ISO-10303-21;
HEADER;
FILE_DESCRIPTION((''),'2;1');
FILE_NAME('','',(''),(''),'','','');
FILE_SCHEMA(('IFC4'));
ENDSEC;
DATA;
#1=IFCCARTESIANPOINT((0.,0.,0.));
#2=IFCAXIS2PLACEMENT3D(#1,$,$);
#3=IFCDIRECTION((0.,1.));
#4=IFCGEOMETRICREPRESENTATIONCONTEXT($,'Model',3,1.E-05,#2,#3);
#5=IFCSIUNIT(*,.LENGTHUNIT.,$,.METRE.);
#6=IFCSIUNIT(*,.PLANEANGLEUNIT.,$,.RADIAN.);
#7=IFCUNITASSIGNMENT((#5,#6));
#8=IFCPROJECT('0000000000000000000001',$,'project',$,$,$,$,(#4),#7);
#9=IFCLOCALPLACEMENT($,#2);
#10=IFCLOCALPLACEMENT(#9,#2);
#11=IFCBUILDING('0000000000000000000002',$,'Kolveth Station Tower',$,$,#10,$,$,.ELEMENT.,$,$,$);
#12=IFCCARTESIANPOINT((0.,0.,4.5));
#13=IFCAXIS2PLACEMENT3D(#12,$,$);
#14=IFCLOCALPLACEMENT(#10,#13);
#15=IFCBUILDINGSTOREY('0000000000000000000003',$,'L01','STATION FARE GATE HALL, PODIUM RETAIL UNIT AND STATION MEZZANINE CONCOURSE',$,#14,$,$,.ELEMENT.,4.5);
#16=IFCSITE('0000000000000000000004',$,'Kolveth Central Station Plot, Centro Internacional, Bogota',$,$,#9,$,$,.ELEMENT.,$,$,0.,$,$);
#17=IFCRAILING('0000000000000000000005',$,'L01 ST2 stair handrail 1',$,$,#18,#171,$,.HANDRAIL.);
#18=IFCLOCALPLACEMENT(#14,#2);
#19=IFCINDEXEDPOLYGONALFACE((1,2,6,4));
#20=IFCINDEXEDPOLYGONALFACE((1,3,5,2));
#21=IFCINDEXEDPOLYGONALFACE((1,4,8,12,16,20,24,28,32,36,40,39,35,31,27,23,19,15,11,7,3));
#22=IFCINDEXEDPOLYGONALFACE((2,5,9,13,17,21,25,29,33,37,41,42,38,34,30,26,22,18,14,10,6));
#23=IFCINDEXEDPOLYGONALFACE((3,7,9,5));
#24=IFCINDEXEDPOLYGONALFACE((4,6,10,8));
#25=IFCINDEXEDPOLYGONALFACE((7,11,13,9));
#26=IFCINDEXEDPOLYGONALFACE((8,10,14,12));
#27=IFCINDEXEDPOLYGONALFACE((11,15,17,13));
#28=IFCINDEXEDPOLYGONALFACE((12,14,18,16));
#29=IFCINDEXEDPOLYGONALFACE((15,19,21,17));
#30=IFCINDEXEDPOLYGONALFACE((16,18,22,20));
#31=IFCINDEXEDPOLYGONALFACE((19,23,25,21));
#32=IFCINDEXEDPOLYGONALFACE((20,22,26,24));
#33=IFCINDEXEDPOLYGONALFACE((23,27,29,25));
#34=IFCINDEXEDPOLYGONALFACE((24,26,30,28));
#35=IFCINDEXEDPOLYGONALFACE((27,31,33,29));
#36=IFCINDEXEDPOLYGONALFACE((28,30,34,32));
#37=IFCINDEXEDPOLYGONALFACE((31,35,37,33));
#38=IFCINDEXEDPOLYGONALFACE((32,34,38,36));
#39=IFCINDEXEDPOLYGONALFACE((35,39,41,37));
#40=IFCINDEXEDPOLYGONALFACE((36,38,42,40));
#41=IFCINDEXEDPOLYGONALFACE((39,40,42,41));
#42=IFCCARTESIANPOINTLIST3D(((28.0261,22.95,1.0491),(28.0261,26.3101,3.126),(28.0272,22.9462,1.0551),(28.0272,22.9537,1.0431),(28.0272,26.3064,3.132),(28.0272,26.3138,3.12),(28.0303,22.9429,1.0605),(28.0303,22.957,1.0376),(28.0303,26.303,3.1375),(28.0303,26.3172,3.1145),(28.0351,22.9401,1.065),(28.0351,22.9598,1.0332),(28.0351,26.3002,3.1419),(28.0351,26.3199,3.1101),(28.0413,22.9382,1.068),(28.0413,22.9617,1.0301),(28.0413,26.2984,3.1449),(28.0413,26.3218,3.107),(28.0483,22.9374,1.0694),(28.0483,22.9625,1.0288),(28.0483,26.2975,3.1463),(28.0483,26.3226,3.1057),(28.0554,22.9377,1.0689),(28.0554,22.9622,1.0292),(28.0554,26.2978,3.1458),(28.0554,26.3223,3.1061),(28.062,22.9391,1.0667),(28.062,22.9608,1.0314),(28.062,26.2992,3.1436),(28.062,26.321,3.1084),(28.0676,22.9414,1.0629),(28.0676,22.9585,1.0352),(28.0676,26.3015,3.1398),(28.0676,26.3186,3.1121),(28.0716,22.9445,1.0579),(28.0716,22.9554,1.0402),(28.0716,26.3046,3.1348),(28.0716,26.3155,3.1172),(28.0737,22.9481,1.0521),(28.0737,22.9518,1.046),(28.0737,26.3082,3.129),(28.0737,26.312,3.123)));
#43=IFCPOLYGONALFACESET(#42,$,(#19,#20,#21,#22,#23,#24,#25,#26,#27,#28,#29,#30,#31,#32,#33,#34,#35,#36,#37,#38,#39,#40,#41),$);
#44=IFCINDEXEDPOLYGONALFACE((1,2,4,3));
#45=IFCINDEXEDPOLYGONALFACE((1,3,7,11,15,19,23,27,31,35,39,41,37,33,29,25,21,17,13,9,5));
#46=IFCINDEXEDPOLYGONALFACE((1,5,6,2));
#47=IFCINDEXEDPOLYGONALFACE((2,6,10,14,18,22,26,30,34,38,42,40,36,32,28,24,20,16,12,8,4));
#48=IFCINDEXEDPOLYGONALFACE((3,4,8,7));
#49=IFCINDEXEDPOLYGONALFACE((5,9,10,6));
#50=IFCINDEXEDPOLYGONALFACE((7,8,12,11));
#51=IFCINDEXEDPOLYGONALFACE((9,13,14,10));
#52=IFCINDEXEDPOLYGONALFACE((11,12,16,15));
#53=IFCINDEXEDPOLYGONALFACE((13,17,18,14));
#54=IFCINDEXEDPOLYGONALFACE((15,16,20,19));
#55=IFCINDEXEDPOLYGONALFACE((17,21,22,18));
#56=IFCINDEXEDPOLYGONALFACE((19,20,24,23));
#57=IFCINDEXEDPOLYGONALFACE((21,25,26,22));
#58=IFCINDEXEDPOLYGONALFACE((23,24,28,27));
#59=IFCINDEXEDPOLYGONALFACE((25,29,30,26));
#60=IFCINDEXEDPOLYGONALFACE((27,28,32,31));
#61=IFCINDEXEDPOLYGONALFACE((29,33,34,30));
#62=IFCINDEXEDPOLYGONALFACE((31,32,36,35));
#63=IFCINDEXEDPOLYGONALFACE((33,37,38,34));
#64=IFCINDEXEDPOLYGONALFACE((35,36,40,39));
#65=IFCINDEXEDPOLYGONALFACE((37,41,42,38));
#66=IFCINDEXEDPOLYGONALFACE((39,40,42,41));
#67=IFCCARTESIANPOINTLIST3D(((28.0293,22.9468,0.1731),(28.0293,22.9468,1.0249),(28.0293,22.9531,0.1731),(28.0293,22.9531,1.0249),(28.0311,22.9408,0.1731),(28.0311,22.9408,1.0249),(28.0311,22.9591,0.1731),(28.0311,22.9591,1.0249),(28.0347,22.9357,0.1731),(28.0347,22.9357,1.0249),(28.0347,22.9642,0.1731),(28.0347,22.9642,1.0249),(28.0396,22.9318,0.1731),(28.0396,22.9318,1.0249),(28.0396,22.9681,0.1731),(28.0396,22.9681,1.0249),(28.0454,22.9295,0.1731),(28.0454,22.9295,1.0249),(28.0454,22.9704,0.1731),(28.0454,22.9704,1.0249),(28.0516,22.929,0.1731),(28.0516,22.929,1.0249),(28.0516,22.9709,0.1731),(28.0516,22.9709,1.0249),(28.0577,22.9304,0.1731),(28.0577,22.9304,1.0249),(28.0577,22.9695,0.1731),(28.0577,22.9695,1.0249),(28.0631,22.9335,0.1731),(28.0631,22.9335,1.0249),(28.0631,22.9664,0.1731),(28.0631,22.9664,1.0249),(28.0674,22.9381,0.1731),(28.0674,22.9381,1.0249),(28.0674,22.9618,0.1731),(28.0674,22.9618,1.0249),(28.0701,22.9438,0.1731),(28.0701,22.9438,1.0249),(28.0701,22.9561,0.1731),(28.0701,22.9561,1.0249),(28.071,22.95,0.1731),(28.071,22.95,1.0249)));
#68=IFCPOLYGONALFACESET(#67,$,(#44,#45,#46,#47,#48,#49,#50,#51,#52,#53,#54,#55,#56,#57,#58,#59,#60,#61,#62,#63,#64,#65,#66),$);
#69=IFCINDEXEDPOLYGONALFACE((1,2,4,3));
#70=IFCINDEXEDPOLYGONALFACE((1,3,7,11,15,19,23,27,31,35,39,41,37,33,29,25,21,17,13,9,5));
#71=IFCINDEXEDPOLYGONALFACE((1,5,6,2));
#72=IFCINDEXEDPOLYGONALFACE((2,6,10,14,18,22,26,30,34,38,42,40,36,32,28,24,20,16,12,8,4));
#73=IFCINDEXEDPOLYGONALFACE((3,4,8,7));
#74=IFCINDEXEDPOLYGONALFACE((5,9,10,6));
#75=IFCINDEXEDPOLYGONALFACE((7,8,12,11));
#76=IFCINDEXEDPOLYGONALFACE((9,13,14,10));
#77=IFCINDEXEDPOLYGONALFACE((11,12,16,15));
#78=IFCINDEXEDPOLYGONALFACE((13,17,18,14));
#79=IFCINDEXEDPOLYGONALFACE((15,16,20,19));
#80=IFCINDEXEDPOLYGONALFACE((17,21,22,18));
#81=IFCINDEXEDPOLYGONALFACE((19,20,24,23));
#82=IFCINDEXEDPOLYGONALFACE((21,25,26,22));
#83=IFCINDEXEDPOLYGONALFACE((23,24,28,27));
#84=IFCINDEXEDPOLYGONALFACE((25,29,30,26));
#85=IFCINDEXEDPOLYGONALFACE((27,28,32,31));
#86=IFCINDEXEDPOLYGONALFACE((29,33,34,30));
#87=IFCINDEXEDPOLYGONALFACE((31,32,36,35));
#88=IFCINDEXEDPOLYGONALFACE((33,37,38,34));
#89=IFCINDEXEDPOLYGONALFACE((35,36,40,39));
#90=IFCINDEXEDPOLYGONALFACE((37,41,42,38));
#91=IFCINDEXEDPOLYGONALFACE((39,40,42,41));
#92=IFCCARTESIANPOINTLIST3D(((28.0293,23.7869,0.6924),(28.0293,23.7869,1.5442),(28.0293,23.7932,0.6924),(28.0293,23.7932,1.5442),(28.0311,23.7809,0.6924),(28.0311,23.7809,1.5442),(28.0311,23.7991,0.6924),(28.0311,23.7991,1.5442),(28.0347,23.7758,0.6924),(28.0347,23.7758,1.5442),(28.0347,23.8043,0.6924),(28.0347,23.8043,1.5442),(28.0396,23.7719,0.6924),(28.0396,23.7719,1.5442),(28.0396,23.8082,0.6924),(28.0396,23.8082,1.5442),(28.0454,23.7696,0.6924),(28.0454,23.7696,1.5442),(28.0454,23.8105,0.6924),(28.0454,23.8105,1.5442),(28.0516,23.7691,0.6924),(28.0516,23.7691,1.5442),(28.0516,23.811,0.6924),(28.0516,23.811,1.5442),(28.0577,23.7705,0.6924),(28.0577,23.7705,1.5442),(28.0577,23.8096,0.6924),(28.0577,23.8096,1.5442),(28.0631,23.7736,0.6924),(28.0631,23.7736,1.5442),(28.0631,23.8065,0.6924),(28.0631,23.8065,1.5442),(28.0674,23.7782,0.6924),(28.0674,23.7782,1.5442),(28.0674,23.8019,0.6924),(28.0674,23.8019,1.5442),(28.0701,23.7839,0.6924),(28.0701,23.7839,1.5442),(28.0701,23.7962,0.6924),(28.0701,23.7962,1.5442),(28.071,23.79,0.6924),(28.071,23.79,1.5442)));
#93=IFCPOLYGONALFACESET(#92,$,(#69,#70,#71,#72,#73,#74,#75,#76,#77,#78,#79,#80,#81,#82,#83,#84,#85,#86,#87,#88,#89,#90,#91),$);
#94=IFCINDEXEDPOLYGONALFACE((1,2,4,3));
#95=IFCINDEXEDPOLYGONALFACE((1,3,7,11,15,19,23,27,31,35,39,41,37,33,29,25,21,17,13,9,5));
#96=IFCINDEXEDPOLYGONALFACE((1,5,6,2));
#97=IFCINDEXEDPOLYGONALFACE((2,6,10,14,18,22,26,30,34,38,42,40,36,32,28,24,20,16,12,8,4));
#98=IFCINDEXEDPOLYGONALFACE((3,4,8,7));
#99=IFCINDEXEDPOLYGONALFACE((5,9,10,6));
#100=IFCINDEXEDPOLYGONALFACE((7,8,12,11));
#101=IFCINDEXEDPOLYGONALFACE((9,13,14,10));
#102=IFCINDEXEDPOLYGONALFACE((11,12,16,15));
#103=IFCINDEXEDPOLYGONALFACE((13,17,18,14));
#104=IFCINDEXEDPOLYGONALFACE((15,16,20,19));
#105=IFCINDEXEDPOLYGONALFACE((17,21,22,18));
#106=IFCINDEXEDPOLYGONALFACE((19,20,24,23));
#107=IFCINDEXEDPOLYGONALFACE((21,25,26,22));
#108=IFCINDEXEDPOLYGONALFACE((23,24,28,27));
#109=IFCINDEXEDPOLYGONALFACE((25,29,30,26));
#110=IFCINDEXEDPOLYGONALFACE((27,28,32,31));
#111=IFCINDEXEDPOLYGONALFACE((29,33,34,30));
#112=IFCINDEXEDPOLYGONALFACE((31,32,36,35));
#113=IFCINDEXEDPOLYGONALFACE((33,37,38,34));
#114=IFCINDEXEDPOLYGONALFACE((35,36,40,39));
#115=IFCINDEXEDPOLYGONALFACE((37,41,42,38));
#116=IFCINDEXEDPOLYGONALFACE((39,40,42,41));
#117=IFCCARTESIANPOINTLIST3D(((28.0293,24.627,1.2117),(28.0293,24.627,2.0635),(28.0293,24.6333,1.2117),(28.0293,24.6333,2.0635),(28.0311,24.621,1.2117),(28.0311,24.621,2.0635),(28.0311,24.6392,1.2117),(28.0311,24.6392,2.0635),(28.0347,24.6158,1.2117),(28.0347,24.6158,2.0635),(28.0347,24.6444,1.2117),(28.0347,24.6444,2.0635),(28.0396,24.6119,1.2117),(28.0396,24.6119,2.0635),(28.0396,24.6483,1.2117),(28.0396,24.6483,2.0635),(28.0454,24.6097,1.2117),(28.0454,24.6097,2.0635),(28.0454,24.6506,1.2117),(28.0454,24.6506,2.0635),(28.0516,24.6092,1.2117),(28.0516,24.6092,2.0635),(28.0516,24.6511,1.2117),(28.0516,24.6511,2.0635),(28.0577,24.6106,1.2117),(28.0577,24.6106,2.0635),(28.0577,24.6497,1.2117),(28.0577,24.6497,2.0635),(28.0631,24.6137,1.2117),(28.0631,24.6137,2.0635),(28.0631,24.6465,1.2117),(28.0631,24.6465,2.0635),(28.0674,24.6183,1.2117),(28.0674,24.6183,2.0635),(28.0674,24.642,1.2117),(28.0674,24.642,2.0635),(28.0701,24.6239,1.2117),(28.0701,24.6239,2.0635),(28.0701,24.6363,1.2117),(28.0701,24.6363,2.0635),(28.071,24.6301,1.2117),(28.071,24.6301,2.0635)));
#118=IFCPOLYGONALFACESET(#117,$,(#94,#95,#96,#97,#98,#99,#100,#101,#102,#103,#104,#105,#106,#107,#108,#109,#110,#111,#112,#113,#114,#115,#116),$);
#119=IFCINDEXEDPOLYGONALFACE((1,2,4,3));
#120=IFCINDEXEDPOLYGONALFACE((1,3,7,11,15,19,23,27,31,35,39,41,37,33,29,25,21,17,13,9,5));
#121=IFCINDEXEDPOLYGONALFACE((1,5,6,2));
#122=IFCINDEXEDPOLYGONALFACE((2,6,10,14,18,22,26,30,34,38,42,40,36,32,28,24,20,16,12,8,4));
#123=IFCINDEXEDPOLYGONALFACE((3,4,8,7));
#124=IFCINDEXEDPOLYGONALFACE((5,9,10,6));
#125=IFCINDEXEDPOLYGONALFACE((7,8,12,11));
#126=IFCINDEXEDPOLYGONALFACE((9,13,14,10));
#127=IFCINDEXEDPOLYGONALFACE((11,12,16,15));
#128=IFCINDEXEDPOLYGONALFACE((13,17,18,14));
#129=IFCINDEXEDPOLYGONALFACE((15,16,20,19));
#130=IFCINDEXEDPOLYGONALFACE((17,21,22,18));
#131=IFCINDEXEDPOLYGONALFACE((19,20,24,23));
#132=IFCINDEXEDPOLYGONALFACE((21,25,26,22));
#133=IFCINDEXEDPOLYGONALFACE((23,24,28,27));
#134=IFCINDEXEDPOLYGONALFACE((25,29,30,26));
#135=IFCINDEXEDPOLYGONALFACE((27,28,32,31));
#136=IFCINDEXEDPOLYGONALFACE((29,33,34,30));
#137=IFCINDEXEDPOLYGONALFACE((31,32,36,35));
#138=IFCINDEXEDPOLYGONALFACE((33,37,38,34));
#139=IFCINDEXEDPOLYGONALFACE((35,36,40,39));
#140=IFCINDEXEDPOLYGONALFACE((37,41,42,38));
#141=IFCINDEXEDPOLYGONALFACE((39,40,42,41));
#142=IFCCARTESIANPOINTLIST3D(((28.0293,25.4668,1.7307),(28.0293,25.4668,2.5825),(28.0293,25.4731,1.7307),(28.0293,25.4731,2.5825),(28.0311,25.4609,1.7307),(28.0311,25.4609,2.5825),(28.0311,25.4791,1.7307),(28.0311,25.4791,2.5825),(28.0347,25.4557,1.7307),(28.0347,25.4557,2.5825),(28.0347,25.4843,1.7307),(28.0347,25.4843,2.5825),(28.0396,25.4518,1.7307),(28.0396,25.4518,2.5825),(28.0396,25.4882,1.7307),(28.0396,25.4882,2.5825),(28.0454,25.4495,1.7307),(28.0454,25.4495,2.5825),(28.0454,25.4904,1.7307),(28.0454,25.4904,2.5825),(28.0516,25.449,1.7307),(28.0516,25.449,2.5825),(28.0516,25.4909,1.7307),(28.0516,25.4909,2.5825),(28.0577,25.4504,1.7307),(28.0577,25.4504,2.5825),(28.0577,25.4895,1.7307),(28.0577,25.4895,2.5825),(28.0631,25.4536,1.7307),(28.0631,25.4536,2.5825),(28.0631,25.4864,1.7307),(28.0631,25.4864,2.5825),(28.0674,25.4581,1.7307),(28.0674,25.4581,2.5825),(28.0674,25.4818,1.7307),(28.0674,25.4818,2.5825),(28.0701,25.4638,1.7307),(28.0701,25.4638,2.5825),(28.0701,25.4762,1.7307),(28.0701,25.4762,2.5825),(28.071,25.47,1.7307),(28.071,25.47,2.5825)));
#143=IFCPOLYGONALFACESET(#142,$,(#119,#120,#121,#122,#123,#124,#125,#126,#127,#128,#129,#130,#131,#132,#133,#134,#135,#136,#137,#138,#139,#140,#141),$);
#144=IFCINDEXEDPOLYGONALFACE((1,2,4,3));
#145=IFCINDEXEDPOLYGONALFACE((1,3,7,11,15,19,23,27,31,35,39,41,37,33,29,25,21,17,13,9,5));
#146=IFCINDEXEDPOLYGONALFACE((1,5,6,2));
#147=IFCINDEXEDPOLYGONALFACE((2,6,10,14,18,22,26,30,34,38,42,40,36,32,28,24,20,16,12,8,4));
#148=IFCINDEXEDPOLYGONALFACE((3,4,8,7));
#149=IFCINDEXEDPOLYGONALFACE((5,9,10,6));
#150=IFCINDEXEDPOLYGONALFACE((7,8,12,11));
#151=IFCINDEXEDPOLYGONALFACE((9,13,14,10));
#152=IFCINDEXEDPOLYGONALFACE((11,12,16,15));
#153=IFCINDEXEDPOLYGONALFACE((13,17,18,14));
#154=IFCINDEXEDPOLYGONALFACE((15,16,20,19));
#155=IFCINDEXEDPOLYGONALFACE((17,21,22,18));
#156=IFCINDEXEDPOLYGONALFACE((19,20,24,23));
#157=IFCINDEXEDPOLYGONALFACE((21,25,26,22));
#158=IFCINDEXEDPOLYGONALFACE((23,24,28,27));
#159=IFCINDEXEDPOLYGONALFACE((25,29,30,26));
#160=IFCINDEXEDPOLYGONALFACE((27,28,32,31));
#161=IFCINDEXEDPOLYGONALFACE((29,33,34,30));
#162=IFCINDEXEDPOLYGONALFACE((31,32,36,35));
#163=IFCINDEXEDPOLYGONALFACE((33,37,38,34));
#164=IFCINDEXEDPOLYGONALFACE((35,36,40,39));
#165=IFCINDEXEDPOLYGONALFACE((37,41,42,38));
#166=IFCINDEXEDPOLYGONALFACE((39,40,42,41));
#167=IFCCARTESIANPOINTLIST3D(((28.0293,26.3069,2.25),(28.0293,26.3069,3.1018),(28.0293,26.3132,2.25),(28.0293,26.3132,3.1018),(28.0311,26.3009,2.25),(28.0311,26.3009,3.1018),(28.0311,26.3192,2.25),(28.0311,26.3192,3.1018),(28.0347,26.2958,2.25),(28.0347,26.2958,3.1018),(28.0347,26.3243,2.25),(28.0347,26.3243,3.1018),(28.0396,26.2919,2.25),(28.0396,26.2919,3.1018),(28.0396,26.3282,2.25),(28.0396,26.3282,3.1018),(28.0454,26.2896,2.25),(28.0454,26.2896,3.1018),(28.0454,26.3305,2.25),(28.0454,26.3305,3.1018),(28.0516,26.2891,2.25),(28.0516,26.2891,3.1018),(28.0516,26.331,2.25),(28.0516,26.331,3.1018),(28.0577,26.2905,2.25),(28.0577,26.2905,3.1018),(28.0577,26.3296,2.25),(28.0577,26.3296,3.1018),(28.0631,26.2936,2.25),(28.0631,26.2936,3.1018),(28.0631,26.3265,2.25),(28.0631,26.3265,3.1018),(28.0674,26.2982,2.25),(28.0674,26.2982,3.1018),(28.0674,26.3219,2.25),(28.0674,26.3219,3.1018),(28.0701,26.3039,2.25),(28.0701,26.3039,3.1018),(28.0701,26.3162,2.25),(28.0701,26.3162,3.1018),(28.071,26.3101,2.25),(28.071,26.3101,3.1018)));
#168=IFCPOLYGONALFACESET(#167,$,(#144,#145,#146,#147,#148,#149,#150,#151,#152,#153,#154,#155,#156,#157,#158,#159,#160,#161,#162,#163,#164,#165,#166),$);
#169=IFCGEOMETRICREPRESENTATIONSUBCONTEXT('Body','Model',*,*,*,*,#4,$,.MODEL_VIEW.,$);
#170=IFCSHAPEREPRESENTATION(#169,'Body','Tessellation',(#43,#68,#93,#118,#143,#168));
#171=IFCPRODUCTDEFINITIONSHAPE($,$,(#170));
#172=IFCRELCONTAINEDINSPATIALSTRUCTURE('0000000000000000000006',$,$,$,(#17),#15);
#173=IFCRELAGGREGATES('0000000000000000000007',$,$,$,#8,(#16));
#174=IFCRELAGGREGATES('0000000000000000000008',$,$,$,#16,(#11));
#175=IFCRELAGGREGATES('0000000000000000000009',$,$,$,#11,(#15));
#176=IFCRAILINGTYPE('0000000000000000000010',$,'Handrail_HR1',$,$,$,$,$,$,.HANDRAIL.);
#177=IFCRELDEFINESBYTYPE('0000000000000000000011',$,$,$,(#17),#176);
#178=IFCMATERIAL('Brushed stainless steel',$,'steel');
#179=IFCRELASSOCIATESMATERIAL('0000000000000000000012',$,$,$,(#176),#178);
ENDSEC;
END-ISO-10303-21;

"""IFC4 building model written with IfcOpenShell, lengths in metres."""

from ifc_helpers import new_model, si_unit, direction, frame, origin, origin_2d, place, context, subcontext, project, spatial, circle, extrude, material, type_object, element, save


model = new_model("IFC4")

# Units and contexts
model_context = context("Model", 3, precision=1e-05, world=origin(), true_north=direction((0.0, 1.0)))
body_context = subcontext(model_context, "Body", "Model", "MODEL_VIEW")
ifc_project = project(units=[si_unit("LENGTHUNIT", "METRE"), si_unit("PLANEANGLEUNIT", "RADIAN")], contexts=[model_context])

# Site, building, storey
site_placement = place(None, origin())
site = spatial("IfcSite", under=ifc_project, at=site_placement, Name="Kolveth Central Station Plot, Centro Internacional, Bogota", CompositionType="ELEMENT", RefElevation=0.0)
building_placement = place(site_placement, origin())
building = spatial("IfcBuilding", under=site, at=building_placement, Name="Kolveth Station Tower", CompositionType="ELEMENT")
storey_placement = place(building_placement, frame((0.0, 0.0, 4.5)))
storey = spatial("IfcBuildingStorey", under=building, at=storey_placement, Name="L01", Description="STATION FARE GATE HALL, PODIUM RETAIL UNIT AND STATION MEZZANINE CONCOURSE", CompositionType="ELEMENT", Elevation=4.5)

# Railing
ifc_material_1 = material(Name="Brushed stainless steel", Category="steel")
railing_type_1 = type_object("IfcRailingType", Name="Handrail_HR1", PredefinedType="HANDRAIL", material=ifc_material_1)
railing_1_placement = place(storey_placement, frame((28.05, 22.95, 0.1731)))
element("IfcRailing", 1, at=railing_1_placement, inside=storey, type_object=railing_type_1, Name="L01 ST2 stair handrail 1", PredefinedType="HANDRAIL", context=body_context, shape_type="SweptSolid", body=[
    extrude(circle(Radius=0.0239, at=origin_2d()), frame((0.0, 0.0, 0.876), z_axis=(0.0, 0.850623, 0.525776), x_axis=(-1.0, 0.0, 0.0)), (0.0, 0.0, 1.0), 3.9502),
    extrude(circle(Radius=0.021, at=origin_2d()), origin(), (0.0, 0.0, 1.0), 0.8518),
    extrude(circle(Radius=0.021, at=origin_2d()), frame((0.0, 0.8401, 0.5193)), (0.0, 0.0, 1.0), 0.8518),
    extrude(circle(Radius=0.021, at=origin_2d()), frame((0.0, 1.6802, 1.0386)), (0.0, 0.0, 1.0), 0.8518),
    extrude(circle(Radius=0.021, at=origin_2d()), frame((0.0, 2.52, 1.5576)), (0.0, 0.0, 1.0), 0.8518),
    extrude(circle(Radius=0.021, at=origin_2d()), frame((0.0, 3.3601, 2.0769)), (0.0, 0.0, 1.0), 0.8518),
])

save(model, "model.ifc")
